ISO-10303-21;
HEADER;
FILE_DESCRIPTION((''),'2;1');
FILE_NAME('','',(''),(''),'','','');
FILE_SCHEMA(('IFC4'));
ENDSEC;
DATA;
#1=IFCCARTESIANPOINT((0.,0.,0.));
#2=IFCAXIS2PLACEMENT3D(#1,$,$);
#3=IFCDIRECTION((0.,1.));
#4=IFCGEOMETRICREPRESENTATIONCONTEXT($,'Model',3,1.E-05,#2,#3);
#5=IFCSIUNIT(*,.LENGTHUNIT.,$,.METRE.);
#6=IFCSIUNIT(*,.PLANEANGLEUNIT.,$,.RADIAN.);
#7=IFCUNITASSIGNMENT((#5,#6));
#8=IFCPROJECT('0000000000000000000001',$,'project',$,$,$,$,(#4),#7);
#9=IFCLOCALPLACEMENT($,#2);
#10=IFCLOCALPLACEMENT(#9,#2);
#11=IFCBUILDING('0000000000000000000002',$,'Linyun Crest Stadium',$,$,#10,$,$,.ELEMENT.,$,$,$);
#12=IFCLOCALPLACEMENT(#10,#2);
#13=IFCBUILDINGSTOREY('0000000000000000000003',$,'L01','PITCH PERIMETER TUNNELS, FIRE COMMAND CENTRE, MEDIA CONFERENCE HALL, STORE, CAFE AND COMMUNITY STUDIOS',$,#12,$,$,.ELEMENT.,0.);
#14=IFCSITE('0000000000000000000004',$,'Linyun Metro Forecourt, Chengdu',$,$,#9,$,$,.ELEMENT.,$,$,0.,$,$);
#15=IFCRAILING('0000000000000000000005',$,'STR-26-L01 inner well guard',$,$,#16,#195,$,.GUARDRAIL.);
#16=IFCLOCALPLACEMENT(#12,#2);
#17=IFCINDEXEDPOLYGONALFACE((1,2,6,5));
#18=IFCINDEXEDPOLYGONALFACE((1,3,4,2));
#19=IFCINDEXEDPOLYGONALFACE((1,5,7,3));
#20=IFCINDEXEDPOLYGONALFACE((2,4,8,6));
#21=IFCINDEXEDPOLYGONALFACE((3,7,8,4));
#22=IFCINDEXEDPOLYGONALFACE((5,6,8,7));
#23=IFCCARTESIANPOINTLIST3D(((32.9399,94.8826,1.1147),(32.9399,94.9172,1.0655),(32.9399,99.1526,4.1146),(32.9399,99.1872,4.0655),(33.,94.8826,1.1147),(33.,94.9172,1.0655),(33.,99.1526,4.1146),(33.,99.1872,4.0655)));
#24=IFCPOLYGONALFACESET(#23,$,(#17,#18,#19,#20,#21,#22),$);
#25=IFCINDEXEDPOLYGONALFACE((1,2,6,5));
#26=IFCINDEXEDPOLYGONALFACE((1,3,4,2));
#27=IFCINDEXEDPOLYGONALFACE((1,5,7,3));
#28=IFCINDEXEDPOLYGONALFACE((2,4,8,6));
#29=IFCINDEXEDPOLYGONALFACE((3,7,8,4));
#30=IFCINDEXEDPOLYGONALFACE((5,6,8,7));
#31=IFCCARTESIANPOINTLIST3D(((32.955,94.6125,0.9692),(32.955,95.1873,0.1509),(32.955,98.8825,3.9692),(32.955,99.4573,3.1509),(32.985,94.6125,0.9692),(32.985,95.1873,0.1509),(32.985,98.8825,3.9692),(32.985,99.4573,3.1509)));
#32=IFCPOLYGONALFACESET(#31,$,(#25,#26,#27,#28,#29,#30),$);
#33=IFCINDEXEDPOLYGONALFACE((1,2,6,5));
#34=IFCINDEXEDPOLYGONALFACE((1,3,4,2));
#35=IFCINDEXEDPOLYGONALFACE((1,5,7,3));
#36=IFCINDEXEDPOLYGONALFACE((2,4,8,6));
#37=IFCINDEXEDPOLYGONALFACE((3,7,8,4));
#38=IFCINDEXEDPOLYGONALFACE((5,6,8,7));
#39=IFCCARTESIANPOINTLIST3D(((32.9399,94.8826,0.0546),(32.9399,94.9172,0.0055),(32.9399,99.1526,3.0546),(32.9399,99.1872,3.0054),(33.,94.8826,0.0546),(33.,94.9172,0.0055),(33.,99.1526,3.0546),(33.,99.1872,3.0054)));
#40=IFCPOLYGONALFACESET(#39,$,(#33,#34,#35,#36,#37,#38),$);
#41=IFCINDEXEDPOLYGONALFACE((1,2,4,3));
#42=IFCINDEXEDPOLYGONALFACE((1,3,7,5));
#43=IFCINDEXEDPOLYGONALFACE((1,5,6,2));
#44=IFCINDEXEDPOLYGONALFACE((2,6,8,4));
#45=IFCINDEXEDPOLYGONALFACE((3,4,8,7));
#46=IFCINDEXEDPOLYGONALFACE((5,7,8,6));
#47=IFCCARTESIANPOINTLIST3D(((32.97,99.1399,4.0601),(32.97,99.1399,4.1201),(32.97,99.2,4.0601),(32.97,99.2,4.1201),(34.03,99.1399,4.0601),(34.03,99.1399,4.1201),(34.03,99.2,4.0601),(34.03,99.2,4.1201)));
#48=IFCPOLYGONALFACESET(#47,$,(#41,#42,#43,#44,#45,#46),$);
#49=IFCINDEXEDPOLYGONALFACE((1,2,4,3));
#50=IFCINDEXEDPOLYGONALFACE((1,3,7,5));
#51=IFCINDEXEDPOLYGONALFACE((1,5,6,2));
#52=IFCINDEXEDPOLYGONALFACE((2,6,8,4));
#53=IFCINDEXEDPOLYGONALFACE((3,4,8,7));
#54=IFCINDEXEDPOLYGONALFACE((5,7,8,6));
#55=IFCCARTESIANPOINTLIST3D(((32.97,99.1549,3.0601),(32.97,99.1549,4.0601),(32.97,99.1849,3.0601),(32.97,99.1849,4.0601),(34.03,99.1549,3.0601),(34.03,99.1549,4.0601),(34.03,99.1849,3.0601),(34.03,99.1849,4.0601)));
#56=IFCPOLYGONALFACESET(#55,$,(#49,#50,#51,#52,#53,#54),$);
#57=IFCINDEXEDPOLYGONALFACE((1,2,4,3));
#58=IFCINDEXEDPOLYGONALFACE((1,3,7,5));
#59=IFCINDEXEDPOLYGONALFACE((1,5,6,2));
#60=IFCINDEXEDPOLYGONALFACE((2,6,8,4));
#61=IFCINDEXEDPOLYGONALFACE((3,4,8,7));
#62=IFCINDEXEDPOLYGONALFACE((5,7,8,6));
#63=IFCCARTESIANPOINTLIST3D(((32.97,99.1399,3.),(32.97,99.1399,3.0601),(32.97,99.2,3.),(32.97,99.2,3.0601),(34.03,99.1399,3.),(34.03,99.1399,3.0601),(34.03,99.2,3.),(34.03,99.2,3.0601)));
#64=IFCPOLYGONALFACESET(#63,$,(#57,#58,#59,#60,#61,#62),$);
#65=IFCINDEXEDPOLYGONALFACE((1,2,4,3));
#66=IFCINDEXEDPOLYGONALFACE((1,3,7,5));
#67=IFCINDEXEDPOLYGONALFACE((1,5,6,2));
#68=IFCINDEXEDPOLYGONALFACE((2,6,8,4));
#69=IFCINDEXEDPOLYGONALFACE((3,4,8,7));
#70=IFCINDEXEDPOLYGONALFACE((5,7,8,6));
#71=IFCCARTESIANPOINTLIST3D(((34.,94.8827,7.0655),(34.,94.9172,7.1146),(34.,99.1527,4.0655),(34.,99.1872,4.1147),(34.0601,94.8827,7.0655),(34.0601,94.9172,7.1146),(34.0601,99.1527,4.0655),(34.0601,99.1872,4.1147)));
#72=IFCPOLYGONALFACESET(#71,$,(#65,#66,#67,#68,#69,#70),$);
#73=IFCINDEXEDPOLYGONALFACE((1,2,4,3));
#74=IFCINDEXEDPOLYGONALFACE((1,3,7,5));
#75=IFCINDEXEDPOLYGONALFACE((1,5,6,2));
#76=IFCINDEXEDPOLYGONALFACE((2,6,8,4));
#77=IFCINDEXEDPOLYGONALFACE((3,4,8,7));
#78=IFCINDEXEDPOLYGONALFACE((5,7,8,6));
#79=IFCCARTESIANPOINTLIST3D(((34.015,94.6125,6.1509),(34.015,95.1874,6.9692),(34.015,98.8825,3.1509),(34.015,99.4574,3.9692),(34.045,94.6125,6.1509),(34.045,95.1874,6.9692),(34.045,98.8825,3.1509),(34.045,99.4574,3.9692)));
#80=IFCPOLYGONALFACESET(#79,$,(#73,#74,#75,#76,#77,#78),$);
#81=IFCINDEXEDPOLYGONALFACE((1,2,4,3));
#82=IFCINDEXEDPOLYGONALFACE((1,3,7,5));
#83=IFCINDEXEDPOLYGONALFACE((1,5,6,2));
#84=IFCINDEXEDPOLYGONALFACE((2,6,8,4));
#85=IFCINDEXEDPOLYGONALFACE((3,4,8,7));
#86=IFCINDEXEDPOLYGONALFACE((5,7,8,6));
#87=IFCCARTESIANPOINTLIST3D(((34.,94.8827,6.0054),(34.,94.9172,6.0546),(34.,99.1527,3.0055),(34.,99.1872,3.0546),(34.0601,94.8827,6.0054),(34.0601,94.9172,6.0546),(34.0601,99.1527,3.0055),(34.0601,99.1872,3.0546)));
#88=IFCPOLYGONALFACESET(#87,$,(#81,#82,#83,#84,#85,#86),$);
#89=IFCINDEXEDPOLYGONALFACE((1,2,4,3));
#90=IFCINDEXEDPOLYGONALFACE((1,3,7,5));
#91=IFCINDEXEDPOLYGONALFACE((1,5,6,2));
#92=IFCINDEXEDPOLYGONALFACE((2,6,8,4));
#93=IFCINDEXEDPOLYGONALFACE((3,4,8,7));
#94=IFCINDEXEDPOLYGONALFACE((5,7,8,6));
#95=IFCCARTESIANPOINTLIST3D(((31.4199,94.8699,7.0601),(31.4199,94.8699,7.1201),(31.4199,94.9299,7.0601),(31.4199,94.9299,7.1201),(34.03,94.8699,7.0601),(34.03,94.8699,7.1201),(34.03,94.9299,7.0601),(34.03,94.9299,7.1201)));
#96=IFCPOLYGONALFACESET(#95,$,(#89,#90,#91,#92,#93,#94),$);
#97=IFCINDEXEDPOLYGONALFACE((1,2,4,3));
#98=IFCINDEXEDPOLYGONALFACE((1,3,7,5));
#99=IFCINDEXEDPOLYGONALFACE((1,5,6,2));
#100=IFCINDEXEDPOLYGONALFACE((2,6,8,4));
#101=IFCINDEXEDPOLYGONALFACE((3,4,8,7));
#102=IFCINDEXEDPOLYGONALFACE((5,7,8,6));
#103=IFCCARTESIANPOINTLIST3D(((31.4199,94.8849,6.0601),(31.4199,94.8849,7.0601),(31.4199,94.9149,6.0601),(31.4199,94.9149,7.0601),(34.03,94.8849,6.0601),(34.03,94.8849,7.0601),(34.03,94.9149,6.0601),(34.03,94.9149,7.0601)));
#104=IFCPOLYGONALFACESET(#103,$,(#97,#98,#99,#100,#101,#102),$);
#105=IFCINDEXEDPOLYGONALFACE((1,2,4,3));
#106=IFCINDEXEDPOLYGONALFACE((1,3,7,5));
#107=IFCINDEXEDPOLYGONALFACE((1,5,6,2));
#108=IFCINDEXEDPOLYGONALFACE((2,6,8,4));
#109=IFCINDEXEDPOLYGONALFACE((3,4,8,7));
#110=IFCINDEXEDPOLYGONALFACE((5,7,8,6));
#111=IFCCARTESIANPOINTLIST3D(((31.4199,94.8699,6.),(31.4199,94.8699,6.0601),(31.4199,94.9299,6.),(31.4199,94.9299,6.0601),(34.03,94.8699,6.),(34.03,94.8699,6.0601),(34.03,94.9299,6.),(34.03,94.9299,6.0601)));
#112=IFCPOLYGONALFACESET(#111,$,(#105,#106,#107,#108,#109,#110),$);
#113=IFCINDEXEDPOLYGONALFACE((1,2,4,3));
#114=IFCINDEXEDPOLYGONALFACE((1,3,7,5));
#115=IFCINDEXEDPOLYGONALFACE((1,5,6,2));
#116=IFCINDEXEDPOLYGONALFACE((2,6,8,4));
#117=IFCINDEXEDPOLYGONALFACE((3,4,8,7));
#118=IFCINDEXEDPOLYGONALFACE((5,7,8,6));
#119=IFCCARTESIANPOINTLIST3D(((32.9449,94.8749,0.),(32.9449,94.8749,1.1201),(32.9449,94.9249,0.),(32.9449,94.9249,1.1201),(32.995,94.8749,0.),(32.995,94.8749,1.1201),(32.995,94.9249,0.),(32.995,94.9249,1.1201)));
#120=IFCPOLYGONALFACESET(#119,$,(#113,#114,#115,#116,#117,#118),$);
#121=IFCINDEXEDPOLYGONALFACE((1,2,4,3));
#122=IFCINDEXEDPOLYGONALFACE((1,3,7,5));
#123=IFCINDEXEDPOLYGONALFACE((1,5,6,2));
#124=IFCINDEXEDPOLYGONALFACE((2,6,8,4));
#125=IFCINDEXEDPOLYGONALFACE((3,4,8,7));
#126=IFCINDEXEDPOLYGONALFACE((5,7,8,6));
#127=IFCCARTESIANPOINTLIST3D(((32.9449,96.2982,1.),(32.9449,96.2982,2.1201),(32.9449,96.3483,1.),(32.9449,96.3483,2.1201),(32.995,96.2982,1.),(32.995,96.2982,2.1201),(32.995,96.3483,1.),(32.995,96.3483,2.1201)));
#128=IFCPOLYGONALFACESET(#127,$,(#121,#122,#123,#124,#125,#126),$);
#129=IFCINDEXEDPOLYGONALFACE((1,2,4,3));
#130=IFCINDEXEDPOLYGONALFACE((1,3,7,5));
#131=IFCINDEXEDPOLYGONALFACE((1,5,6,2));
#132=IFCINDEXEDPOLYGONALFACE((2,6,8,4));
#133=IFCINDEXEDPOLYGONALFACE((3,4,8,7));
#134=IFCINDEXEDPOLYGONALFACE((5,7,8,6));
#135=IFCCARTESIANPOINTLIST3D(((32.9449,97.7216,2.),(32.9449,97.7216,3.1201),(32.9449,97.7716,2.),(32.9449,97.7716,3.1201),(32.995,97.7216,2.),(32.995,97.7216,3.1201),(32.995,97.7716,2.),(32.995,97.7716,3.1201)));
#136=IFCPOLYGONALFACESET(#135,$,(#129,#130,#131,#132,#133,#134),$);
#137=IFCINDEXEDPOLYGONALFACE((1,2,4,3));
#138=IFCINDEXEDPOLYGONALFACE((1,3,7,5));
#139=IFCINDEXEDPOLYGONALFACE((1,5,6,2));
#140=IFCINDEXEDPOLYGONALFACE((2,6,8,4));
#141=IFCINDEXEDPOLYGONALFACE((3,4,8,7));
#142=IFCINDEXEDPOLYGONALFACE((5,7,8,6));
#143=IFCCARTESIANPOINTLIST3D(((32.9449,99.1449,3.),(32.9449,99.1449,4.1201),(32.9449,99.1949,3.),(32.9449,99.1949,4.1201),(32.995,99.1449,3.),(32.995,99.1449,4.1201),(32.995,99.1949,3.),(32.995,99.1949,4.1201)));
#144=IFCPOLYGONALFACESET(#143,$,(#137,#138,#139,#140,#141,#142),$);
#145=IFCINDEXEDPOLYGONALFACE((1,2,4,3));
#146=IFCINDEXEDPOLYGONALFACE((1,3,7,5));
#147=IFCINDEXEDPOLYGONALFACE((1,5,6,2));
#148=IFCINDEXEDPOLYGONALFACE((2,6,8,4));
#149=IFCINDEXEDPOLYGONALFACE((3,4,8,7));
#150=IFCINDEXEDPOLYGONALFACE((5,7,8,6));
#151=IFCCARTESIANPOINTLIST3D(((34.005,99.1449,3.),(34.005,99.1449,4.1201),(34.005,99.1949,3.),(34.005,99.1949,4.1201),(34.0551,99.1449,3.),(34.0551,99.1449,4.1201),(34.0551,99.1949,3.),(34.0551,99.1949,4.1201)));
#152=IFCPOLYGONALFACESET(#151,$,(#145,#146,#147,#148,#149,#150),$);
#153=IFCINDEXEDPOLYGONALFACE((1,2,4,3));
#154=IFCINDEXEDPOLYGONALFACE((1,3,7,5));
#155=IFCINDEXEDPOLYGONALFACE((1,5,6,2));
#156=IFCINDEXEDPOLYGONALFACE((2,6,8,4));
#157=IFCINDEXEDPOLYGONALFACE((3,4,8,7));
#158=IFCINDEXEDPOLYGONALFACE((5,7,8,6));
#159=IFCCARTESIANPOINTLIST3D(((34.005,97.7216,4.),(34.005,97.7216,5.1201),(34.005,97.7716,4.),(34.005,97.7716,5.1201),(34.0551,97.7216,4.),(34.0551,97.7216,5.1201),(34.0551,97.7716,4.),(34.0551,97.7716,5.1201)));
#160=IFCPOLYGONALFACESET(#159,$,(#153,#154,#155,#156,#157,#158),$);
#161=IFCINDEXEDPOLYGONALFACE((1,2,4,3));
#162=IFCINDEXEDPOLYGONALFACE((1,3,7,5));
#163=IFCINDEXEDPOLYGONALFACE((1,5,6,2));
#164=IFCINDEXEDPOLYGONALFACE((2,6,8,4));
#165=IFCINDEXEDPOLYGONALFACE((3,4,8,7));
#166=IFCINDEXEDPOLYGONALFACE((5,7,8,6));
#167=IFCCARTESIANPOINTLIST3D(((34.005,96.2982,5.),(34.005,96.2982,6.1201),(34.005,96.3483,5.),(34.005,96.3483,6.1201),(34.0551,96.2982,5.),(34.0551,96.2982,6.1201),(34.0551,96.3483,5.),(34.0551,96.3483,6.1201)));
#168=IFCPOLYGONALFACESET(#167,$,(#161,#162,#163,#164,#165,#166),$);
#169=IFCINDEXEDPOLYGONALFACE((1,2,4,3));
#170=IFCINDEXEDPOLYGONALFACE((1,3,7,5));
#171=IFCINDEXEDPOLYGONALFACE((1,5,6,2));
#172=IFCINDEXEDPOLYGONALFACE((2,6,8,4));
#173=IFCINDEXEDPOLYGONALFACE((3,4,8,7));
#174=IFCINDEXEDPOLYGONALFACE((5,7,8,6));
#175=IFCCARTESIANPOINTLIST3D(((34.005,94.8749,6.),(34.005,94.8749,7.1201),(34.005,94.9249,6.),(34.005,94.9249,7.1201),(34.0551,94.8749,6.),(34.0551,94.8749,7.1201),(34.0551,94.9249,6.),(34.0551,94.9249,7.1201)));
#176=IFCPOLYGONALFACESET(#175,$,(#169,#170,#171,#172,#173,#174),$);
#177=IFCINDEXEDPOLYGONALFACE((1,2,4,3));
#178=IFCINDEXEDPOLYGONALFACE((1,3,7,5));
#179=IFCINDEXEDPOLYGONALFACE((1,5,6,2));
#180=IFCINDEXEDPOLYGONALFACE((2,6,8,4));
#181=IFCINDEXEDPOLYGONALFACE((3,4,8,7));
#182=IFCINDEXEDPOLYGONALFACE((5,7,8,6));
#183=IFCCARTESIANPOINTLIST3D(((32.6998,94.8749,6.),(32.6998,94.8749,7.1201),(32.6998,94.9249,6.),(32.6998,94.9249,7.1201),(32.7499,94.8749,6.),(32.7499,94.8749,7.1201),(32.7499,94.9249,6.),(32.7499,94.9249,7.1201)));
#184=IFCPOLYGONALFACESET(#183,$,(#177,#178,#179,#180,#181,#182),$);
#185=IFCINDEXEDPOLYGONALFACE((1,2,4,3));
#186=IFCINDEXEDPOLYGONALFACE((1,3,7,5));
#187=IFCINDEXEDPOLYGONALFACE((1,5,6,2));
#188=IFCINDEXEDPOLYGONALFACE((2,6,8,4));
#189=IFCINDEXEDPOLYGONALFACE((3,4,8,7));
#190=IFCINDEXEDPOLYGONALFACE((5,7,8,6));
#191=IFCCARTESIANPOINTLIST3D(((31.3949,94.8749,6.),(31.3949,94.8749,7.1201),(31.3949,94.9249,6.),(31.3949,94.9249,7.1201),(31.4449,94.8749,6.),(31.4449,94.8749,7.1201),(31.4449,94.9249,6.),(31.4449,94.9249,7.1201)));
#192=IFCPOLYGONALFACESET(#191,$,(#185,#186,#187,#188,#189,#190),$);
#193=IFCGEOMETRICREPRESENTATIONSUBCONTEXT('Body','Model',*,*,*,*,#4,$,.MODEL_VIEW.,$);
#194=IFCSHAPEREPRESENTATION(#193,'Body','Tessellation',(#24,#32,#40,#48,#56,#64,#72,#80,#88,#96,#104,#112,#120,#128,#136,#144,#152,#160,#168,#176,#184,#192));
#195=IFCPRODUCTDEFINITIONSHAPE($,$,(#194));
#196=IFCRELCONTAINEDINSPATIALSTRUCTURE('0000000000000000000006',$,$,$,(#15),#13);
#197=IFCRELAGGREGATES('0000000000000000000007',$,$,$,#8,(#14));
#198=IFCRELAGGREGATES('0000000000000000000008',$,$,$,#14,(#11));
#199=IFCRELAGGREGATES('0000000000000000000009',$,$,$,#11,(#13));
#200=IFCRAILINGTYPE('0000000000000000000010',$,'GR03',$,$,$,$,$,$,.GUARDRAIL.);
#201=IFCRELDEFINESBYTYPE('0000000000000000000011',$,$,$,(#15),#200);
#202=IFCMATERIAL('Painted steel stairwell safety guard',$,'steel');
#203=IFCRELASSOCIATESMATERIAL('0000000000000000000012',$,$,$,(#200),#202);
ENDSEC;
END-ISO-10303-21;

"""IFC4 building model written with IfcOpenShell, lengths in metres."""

from ifc_helpers import new_model, si_unit, direction, frame, origin, origin_2d, place, context, subcontext, project, spatial, rectangle, extrude, material, type_object, element, save


model = new_model("IFC4")

# Units and contexts
model_context = context("Model", 3, precision=1e-05, world=origin(), true_north=direction((0.0, 1.0)))
body_context = subcontext(model_context, "Body", "Model", "MODEL_VIEW")
ifc_project = project(units=[si_unit("LENGTHUNIT", "METRE"), si_unit("PLANEANGLEUNIT", "RADIAN")], contexts=[model_context])

# Site, building, storey
site_placement = place(None, origin())
site = spatial("IfcSite", under=ifc_project, at=site_placement, Name="Linyun Metro Forecourt, Chengdu", CompositionType="ELEMENT", RefElevation=0.0)
building_placement = place(site_placement, origin())
building = spatial("IfcBuilding", under=site, at=building_placement, Name="Linyun Crest Stadium", CompositionType="ELEMENT")
storey_placement = place(building_placement, origin())
storey = spatial("IfcBuildingStorey", under=building, at=storey_placement, Name="L01", Description="PITCH PERIMETER TUNNELS, FIRE COMMAND CENTRE, MEDIA CONFERENCE HALL, STORE, CAFE AND COMMUNITY STUDIOS", CompositionType="ELEMENT", Elevation=0.0)

# Railing
ifc_material_1 = material(Name="Painted steel stairwell safety guard", Category="steel")
railing_type_1 = type_object("IfcRailingType", Name="GR03", PredefinedType="GUARDRAIL", material=ifc_material_1)
railing_1_placement = place(storey_placement, frame((32.97, 94.8999, 0.0)))
element("IfcRailing", 1, at=railing_1_placement, inside=storey, type_object=railing_type_1, Name="STR-26-L01 inner well guard", PredefinedType="GUARDRAIL", context=body_context, shape_type="SweptSolid", body=[
    extrude(rectangle(XDim=0.0601, YDim=0.0601, at=origin_2d()), frame((0.0, 0.0, 1.0901), z_axis=(0.0, 0.818242, 0.574874), x_axis=(-1.0, 0.0, 0.0)), (0.0, 0.0, 1.0), 5.2185),
    extrude(rectangle(XDim=0.03, YDim=1.0, at=origin_2d()), frame((0.0, 0.0, 0.5601), z_axis=(0.0, 0.818242, 0.574874), x_axis=(-1.0, 0.0, 0.0)), (0.0, 0.0, 1.0), 5.2185),
    extrude(rectangle(XDim=0.0601, YDim=0.0601, at=origin_2d()), frame((0.0, 0.0, 0.03), z_axis=(0.0, 0.818242, 0.574874), x_axis=(-1.0, 0.0, 0.0)), (0.0, 0.0, 1.0), 5.2185),
    extrude(rectangle(XDim=0.0601, YDim=0.0601, at=origin_2d()), frame((0.0, 4.27, 4.0901), z_axis=(1.0, 0.0, 0.0), x_axis=(0.0, 1.0, 0.0)), (0.0, 0.0, 1.0), 1.0601),
    extrude(rectangle(XDim=0.03, YDim=1.0, at=origin_2d()), frame((0.0, 4.27, 3.5601), z_axis=(1.0, 0.0, 0.0), x_axis=(0.0, 1.0, 0.0)), (0.0, 0.0, 1.0), 1.0601),
    extrude(rectangle(XDim=0.0601, YDim=0.0601, at=origin_2d()), frame((0.0, 4.27, 3.03), z_axis=(1.0, 0.0, 0.0), x_axis=(0.0, 1.0, 0.0)), (0.0, 0.0, 1.0), 1.0601),
    extrude(rectangle(XDim=0.0601, YDim=0.0601, at=origin_2d()), frame((1.0601, 4.27, 4.0901), z_axis=(0.0, -0.818242, 0.574874), x_axis=(1.0, 0.0, 0.0)), (0.0, 0.0, 1.0), 5.2185),
    extrude(rectangle(XDim=0.03, YDim=1.0, at=origin_2d()), frame((1.0601, 4.27, 3.5601), z_axis=(0.0, -0.818242, 0.574874), x_axis=(1.0, 0.0, 0.0)), (0.0, 0.0, 1.0), 5.2185),
    extrude(rectangle(XDim=0.0601, YDim=0.0601, at=origin_2d()), frame((1.0601, 4.27, 3.03), z_axis=(0.0, -0.818242, 0.574874), x_axis=(1.0, 0.0, 0.0)), (0.0, 0.0, 1.0), 5.2185),
    extrude(rectangle(XDim=0.0601, YDim=0.0601, at=origin_2d()), frame((1.0601, 0.0, 7.0901), z_axis=(-1.0, 0.0, 0.0), x_axis=(0.0, -1.0, 0.0)), (0.0, 0.0, 1.0), 2.6101),
    extrude(rectangle(XDim=0.03, YDim=1.0, at=origin_2d()), frame((1.0601, 0.0, 6.5601), z_axis=(-1.0, 0.0, 0.0), x_axis=(0.0, -1.0, 0.0)), (0.0, 0.0, 1.0), 2.6101),
    extrude(rectangle(XDim=0.0601, YDim=0.0601, at=origin_2d()), frame((1.0601, 0.0, 6.03), z_axis=(-1.0, 0.0, 0.0), x_axis=(0.0, -1.0, 0.0)), (0.0, 0.0, 1.0), 2.6101),
    extrude(rectangle(XDim=0.05, YDim=0.05, at=origin_2d()), origin(), (0.0, 0.0, 1.0), 1.1201),
    extrude(rectangle(XDim=0.05, YDim=0.05, at=origin_2d()), frame((0.0, 1.4233, 1.0)), (0.0, 0.0, 1.0), 1.1201),
    extrude(rectangle(XDim=0.05, YDim=0.05, at=origin_2d()), frame((0.0, 2.8467, 2.0)), (0.0, 0.0, 1.0), 1.1201),
    extrude(rectangle(XDim=0.05, YDim=0.05, at=origin_2d()), frame((0.0, 4.27, 3.0)), (0.0, 0.0, 1.0), 1.1201),
    extrude(rectangle(XDim=0.05, YDim=0.05, at=origin_2d()), frame((1.0601, 4.27, 3.0)), (0.0, 0.0, 1.0), 1.1201),
    extrude(rectangle(XDim=0.05, YDim=0.05, at=origin_2d()), frame((1.0601, 2.8467, 4.0)), (0.0, 0.0, 1.0), 1.1201),
    extrude(rectangle(XDim=0.05, YDim=0.05, at=origin_2d()), frame((1.0601, 1.4233, 5.0)), (0.0, 0.0, 1.0), 1.1201),
    extrude(rectangle(XDim=0.05, YDim=0.05, at=origin_2d()), frame((1.0601, 0.0, 6.0)), (0.0, 0.0, 1.0), 1.1201),
    extrude(rectangle(XDim=0.05, YDim=0.05, at=origin_2d()), frame((-0.2451, 0.0, 6.0)), (0.0, 0.0, 1.0), 1.1201),
    extrude(rectangle(XDim=0.05, YDim=0.05, at=origin_2d()), frame((-1.55, 0.0, 6.0)), (0.0, 0.0, 1.0), 1.1201),
])

save(model, "model.ifc")
